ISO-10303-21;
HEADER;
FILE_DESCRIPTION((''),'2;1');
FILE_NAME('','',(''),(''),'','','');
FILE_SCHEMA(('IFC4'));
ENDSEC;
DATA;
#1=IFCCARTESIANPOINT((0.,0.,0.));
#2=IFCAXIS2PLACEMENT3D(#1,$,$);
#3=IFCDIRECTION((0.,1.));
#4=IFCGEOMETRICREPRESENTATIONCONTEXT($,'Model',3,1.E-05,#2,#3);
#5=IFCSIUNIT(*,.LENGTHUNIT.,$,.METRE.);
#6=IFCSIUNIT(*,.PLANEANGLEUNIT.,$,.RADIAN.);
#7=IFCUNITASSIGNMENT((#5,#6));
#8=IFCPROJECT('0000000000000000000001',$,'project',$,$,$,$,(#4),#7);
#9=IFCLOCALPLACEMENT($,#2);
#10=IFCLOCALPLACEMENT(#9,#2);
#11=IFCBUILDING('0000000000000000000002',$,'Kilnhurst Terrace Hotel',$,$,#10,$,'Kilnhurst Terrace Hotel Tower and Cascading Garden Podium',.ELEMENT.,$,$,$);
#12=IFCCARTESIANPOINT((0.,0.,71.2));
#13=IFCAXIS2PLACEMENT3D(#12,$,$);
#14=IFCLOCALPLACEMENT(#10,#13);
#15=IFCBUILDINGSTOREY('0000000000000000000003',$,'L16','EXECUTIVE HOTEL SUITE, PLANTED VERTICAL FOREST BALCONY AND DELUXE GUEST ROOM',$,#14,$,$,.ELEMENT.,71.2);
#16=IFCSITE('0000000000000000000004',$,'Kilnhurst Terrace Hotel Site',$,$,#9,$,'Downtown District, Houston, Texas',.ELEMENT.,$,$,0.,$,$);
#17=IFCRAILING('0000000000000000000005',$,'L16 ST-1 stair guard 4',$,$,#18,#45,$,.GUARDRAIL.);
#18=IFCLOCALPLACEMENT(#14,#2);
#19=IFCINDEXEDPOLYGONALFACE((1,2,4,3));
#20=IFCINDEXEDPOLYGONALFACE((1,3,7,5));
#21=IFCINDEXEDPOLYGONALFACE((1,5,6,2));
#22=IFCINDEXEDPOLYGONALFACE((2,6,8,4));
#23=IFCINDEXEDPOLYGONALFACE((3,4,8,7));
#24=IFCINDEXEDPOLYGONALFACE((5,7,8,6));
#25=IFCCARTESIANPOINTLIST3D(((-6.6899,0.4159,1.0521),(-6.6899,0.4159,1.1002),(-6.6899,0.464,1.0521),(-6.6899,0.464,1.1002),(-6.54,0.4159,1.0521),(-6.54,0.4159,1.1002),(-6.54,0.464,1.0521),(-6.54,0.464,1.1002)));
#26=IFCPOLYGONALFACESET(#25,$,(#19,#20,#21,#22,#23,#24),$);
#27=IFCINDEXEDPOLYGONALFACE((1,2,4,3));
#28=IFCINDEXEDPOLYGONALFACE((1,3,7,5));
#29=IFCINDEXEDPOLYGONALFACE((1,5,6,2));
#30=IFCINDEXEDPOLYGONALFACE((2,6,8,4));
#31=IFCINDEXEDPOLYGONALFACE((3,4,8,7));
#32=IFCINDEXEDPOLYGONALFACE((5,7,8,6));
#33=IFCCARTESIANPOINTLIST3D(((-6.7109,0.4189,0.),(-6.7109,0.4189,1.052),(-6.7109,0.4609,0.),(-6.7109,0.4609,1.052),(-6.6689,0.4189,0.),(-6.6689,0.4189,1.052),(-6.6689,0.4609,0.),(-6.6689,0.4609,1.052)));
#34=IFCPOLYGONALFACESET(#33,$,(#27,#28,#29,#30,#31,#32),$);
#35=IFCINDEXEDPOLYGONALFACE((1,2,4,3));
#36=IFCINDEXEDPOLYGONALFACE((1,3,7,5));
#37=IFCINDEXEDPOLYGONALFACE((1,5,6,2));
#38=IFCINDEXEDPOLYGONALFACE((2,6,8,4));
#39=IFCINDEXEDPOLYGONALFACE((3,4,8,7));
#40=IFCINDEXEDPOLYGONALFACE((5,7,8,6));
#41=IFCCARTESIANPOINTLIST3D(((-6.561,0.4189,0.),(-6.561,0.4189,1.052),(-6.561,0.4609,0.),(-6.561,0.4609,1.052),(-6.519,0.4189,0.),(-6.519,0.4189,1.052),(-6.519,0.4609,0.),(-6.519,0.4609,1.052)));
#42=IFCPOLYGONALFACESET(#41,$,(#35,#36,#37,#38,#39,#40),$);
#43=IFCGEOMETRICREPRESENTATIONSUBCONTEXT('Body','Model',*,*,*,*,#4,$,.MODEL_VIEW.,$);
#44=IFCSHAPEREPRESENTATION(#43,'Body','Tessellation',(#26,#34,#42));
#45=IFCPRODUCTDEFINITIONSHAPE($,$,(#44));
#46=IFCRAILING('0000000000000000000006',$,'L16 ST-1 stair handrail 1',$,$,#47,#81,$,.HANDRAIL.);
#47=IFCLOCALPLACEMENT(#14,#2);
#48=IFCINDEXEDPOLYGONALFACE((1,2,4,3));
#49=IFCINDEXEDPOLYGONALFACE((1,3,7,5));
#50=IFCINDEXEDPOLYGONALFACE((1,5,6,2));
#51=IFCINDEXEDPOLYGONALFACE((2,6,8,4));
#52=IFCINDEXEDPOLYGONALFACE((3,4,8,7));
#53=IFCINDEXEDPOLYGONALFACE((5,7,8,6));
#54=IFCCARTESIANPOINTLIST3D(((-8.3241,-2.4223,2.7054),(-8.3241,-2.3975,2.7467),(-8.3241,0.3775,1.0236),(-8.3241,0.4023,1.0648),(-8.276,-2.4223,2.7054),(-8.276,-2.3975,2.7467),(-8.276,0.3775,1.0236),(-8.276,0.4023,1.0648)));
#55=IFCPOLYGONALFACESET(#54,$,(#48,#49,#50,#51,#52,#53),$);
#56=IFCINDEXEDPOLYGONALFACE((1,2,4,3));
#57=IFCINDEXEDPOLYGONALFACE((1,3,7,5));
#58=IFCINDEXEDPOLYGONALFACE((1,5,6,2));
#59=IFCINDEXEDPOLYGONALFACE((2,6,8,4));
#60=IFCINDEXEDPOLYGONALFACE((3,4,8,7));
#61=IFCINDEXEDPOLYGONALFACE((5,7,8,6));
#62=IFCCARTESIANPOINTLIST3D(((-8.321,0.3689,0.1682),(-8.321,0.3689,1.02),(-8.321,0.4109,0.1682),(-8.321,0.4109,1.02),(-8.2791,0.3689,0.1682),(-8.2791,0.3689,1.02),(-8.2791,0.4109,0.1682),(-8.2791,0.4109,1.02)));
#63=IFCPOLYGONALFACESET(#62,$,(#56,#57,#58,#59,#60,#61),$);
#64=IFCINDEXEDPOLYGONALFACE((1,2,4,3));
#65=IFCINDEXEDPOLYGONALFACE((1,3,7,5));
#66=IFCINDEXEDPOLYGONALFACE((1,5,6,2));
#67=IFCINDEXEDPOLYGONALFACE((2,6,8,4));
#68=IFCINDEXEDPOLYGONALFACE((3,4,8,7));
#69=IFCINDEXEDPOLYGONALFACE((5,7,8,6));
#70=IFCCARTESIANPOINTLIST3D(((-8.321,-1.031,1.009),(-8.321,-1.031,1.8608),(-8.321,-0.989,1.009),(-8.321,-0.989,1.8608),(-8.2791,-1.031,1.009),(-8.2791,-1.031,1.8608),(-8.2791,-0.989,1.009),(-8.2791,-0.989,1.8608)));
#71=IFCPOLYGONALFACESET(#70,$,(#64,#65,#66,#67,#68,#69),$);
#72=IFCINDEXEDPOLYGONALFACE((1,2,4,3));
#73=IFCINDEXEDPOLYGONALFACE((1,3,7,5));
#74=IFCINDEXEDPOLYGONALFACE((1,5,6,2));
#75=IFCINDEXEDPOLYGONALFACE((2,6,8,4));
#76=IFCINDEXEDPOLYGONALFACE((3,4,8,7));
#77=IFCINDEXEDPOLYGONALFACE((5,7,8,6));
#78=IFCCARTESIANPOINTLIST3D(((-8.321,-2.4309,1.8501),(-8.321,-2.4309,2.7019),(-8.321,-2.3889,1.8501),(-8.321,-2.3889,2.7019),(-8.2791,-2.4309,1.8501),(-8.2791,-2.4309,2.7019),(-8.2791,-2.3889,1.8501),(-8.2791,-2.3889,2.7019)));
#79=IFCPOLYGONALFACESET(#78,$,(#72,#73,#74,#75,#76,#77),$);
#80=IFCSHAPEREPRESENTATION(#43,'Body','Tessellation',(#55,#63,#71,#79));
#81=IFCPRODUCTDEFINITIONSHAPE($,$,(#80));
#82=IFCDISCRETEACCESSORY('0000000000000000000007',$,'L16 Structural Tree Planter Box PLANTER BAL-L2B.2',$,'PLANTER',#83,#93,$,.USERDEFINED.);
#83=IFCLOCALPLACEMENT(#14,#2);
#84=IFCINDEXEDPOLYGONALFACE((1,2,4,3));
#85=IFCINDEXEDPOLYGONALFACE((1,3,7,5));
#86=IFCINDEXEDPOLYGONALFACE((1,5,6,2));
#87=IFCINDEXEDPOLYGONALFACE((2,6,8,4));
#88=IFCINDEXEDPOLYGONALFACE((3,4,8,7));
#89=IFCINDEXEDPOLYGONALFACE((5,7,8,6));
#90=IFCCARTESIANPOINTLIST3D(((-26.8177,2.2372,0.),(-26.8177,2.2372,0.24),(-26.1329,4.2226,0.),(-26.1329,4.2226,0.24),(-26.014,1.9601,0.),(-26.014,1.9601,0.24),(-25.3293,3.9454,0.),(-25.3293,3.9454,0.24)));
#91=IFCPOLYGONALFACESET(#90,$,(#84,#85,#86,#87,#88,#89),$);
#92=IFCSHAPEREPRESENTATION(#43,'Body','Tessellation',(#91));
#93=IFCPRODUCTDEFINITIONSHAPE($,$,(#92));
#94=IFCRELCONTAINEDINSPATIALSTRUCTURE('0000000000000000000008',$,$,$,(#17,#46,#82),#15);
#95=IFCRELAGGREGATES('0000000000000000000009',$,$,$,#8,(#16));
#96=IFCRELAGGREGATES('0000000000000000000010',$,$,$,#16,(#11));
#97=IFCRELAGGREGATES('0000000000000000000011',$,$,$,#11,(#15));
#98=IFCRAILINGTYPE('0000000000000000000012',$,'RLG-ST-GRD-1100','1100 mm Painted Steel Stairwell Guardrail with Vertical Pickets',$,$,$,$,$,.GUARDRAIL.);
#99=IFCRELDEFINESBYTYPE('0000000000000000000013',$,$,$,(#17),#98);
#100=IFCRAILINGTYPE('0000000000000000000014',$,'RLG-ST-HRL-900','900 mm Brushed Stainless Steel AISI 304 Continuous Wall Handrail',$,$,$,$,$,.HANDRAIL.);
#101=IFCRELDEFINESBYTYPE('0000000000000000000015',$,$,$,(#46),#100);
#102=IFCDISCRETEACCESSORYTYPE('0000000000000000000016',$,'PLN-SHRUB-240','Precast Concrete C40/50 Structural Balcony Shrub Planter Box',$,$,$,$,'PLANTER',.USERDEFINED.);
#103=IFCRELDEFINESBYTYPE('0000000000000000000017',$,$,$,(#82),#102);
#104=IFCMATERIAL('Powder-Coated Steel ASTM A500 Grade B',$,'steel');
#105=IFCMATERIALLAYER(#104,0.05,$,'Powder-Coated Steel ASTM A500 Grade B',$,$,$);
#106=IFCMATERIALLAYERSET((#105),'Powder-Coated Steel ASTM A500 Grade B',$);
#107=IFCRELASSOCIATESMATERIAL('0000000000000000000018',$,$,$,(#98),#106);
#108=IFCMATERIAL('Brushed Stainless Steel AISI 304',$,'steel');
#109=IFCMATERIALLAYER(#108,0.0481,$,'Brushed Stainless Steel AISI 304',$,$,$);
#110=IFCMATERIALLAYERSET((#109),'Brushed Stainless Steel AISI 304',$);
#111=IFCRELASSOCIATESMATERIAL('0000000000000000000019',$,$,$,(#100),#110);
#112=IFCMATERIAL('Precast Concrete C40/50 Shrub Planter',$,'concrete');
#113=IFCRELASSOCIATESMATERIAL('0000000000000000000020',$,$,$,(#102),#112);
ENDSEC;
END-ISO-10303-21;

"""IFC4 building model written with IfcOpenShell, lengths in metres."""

from ifc_helpers import new_model, si_unit, direction, frame, origin, origin_2d, place, context, subcontext, project, spatial, rectangle, extrude, material, layer, layer_set, type_object, element, save


model = new_model("IFC4")

# Units and contexts
model_context = context("Model", 3, precision=1e-05, world=origin(), true_north=direction((0.0, 1.0)))
body_context = subcontext(model_context, "Body", "Model", "MODEL_VIEW")
ifc_project = project(units=[si_unit("LENGTHUNIT", "METRE"), si_unit("PLANEANGLEUNIT", "RADIAN")], contexts=[model_context])

# Site, building, storey
site_placement = place(None, origin())
site = spatial("IfcSite", under=ifc_project, at=site_placement, Name="Kilnhurst Terrace Hotel Site", LongName="Downtown District, Houston, Texas", CompositionType="ELEMENT", RefElevation=0.0)
building_placement = place(site_placement, origin())
building = spatial("IfcBuilding", under=site, at=building_placement, Name="Kilnhurst Terrace Hotel", LongName="Kilnhurst Terrace Hotel Tower and Cascading Garden Podium", CompositionType="ELEMENT")
storey_placement = place(building_placement, frame((0.0, 0.0, 71.2)))
storey = spatial("IfcBuildingStorey", under=building, at=storey_placement, Name="L16", Description="EXECUTIVE HOTEL SUITE, PLANTED VERTICAL FOREST BALCONY AND DELUXE GUEST ROOM", CompositionType="ELEMENT", Elevation=71.2)

# Railings
ifc_material_1 = material(Name="Powder-Coated Steel ASTM A500 Grade B", Category="steel")
ifc_layer_1 = layer(ifc_material_1, 0.05, Name="Powder-Coated Steel ASTM A500 Grade B")
ifc_layer_set_1 = layer_set([ifc_layer_1], Name="Powder-Coated Steel ASTM A500 Grade B")
railing_type_1 = type_object("IfcRailingType", Name="RLG-ST-GRD-1100", Description="1100 mm Painted Steel Stairwell Guardrail with Vertical Pickets", PredefinedType="GUARDRAIL", material=ifc_layer_set_1)
railing_1_placement = place(storey_placement, frame((-6.6899, 0.4399, 0.0)))
element("IfcRailing", 1, at=railing_1_placement, inside=storey, type_object=railing_type_1, Name="L16 ST-1 stair guard 4", PredefinedType="GUARDRAIL", context=body_context, shape_type="SweptSolid", body=[
    extrude(rectangle(XDim=0.0481, YDim=0.0481, at=origin_2d()), frame((0.0, 0.0, 1.0762), z_axis=(1.0, 0.0, 0.0), x_axis=(0.0, 1.0, 0.0)), (0.0, 0.0, 1.0), 0.1499),
    extrude(rectangle(XDim=0.042, YDim=0.042, at=origin_2d()), origin(), (0.0, 0.0, 1.0), 1.052),
    extrude(rectangle(XDim=0.042, YDim=0.042, at=origin_2d()), frame((0.1499, 0.0, 0.0)), (0.0, 0.0, 1.0), 1.052),
])
ifc_material_2 = material(Name="Brushed Stainless Steel AISI 304", Category="steel")
ifc_layer_2 = layer(ifc_material_2, 0.0481, Name="Brushed Stainless Steel AISI 304")
ifc_layer_set_2 = layer_set([ifc_layer_2], Name="Brushed Stainless Steel AISI 304")
railing_type_2 = type_object("IfcRailingType", Name="RLG-ST-HRL-900", Description="900 mm Brushed Stainless Steel AISI 304 Continuous Wall Handrail", PredefinedType="HANDRAIL", material=ifc_layer_set_2)
railing_2_placement = place(storey_placement, frame((-8.3, 0.3899, 0.1682)))
element("IfcRailing", 2, at=railing_2_placement, inside=storey, type_object=railing_type_2, Name="L16 ST-1 stair handrail 1", PredefinedType="HANDRAIL", context=body_context, shape_type="SweptSolid", body=[
    extrude(rectangle(XDim=0.0481, YDim=0.0481, at=origin_2d()), frame((0.0, 0.0, 0.876), z_axis=(0.0, -0.857222, 0.514946), x_axis=(1.0, 0.0, 0.0)), (0.0, 0.0, 1.0), 3.2661),
    extrude(rectangle(XDim=0.042, YDim=0.042, at=origin_2d()), origin(), (0.0, 0.0, 1.0), 0.8518),
    extrude(rectangle(XDim=0.042, YDim=0.042, at=origin_2d()), frame((0.0, -1.3999, 0.8408)), (0.0, 0.0, 1.0), 0.8518),
    extrude(rectangle(XDim=0.042, YDim=0.042, at=origin_2d()), frame((0.0, -2.7998, 1.6819)), (0.0, 0.0, 1.0), 0.8518),
])

# Discrete accessory
ifc_material_3 = material(Name="Precast Concrete C40/50 Shrub Planter", Category="concrete")
discrete_accessory_type = type_object("IfcDiscreteAccessoryType", Name="PLN-SHRUB-240", Description="Precast Concrete C40/50 Structural Balcony Shrub Planter Box", ElementType="PLANTER", PredefinedType="USERDEFINED", material=ifc_material_3)
discrete_accessory_placement = place(storey_placement, frame((-26.0735, 3.0913, 0.0), z_axis=(0.0, 0.0, 1.0), x_axis=(-0.326063, -0.945348, 0.0)))
element("IfcDiscreteAccessory", 3, at=discrete_accessory_placement, inside=storey, type_object=discrete_accessory_type, Name="L16 Structural Tree Planter Box PLANTER BAL-L2B.2", ObjectType="PLANTER", PredefinedType="USERDEFINED", context=body_context, shape_type="SweptSolid", body=[
    extrude(rectangle(XDim=2.1001, YDim=0.8501, at=origin_2d()), origin(), (0.0, 0.0, 1.0), 0.24),
])

save(model, "model.ifc")
